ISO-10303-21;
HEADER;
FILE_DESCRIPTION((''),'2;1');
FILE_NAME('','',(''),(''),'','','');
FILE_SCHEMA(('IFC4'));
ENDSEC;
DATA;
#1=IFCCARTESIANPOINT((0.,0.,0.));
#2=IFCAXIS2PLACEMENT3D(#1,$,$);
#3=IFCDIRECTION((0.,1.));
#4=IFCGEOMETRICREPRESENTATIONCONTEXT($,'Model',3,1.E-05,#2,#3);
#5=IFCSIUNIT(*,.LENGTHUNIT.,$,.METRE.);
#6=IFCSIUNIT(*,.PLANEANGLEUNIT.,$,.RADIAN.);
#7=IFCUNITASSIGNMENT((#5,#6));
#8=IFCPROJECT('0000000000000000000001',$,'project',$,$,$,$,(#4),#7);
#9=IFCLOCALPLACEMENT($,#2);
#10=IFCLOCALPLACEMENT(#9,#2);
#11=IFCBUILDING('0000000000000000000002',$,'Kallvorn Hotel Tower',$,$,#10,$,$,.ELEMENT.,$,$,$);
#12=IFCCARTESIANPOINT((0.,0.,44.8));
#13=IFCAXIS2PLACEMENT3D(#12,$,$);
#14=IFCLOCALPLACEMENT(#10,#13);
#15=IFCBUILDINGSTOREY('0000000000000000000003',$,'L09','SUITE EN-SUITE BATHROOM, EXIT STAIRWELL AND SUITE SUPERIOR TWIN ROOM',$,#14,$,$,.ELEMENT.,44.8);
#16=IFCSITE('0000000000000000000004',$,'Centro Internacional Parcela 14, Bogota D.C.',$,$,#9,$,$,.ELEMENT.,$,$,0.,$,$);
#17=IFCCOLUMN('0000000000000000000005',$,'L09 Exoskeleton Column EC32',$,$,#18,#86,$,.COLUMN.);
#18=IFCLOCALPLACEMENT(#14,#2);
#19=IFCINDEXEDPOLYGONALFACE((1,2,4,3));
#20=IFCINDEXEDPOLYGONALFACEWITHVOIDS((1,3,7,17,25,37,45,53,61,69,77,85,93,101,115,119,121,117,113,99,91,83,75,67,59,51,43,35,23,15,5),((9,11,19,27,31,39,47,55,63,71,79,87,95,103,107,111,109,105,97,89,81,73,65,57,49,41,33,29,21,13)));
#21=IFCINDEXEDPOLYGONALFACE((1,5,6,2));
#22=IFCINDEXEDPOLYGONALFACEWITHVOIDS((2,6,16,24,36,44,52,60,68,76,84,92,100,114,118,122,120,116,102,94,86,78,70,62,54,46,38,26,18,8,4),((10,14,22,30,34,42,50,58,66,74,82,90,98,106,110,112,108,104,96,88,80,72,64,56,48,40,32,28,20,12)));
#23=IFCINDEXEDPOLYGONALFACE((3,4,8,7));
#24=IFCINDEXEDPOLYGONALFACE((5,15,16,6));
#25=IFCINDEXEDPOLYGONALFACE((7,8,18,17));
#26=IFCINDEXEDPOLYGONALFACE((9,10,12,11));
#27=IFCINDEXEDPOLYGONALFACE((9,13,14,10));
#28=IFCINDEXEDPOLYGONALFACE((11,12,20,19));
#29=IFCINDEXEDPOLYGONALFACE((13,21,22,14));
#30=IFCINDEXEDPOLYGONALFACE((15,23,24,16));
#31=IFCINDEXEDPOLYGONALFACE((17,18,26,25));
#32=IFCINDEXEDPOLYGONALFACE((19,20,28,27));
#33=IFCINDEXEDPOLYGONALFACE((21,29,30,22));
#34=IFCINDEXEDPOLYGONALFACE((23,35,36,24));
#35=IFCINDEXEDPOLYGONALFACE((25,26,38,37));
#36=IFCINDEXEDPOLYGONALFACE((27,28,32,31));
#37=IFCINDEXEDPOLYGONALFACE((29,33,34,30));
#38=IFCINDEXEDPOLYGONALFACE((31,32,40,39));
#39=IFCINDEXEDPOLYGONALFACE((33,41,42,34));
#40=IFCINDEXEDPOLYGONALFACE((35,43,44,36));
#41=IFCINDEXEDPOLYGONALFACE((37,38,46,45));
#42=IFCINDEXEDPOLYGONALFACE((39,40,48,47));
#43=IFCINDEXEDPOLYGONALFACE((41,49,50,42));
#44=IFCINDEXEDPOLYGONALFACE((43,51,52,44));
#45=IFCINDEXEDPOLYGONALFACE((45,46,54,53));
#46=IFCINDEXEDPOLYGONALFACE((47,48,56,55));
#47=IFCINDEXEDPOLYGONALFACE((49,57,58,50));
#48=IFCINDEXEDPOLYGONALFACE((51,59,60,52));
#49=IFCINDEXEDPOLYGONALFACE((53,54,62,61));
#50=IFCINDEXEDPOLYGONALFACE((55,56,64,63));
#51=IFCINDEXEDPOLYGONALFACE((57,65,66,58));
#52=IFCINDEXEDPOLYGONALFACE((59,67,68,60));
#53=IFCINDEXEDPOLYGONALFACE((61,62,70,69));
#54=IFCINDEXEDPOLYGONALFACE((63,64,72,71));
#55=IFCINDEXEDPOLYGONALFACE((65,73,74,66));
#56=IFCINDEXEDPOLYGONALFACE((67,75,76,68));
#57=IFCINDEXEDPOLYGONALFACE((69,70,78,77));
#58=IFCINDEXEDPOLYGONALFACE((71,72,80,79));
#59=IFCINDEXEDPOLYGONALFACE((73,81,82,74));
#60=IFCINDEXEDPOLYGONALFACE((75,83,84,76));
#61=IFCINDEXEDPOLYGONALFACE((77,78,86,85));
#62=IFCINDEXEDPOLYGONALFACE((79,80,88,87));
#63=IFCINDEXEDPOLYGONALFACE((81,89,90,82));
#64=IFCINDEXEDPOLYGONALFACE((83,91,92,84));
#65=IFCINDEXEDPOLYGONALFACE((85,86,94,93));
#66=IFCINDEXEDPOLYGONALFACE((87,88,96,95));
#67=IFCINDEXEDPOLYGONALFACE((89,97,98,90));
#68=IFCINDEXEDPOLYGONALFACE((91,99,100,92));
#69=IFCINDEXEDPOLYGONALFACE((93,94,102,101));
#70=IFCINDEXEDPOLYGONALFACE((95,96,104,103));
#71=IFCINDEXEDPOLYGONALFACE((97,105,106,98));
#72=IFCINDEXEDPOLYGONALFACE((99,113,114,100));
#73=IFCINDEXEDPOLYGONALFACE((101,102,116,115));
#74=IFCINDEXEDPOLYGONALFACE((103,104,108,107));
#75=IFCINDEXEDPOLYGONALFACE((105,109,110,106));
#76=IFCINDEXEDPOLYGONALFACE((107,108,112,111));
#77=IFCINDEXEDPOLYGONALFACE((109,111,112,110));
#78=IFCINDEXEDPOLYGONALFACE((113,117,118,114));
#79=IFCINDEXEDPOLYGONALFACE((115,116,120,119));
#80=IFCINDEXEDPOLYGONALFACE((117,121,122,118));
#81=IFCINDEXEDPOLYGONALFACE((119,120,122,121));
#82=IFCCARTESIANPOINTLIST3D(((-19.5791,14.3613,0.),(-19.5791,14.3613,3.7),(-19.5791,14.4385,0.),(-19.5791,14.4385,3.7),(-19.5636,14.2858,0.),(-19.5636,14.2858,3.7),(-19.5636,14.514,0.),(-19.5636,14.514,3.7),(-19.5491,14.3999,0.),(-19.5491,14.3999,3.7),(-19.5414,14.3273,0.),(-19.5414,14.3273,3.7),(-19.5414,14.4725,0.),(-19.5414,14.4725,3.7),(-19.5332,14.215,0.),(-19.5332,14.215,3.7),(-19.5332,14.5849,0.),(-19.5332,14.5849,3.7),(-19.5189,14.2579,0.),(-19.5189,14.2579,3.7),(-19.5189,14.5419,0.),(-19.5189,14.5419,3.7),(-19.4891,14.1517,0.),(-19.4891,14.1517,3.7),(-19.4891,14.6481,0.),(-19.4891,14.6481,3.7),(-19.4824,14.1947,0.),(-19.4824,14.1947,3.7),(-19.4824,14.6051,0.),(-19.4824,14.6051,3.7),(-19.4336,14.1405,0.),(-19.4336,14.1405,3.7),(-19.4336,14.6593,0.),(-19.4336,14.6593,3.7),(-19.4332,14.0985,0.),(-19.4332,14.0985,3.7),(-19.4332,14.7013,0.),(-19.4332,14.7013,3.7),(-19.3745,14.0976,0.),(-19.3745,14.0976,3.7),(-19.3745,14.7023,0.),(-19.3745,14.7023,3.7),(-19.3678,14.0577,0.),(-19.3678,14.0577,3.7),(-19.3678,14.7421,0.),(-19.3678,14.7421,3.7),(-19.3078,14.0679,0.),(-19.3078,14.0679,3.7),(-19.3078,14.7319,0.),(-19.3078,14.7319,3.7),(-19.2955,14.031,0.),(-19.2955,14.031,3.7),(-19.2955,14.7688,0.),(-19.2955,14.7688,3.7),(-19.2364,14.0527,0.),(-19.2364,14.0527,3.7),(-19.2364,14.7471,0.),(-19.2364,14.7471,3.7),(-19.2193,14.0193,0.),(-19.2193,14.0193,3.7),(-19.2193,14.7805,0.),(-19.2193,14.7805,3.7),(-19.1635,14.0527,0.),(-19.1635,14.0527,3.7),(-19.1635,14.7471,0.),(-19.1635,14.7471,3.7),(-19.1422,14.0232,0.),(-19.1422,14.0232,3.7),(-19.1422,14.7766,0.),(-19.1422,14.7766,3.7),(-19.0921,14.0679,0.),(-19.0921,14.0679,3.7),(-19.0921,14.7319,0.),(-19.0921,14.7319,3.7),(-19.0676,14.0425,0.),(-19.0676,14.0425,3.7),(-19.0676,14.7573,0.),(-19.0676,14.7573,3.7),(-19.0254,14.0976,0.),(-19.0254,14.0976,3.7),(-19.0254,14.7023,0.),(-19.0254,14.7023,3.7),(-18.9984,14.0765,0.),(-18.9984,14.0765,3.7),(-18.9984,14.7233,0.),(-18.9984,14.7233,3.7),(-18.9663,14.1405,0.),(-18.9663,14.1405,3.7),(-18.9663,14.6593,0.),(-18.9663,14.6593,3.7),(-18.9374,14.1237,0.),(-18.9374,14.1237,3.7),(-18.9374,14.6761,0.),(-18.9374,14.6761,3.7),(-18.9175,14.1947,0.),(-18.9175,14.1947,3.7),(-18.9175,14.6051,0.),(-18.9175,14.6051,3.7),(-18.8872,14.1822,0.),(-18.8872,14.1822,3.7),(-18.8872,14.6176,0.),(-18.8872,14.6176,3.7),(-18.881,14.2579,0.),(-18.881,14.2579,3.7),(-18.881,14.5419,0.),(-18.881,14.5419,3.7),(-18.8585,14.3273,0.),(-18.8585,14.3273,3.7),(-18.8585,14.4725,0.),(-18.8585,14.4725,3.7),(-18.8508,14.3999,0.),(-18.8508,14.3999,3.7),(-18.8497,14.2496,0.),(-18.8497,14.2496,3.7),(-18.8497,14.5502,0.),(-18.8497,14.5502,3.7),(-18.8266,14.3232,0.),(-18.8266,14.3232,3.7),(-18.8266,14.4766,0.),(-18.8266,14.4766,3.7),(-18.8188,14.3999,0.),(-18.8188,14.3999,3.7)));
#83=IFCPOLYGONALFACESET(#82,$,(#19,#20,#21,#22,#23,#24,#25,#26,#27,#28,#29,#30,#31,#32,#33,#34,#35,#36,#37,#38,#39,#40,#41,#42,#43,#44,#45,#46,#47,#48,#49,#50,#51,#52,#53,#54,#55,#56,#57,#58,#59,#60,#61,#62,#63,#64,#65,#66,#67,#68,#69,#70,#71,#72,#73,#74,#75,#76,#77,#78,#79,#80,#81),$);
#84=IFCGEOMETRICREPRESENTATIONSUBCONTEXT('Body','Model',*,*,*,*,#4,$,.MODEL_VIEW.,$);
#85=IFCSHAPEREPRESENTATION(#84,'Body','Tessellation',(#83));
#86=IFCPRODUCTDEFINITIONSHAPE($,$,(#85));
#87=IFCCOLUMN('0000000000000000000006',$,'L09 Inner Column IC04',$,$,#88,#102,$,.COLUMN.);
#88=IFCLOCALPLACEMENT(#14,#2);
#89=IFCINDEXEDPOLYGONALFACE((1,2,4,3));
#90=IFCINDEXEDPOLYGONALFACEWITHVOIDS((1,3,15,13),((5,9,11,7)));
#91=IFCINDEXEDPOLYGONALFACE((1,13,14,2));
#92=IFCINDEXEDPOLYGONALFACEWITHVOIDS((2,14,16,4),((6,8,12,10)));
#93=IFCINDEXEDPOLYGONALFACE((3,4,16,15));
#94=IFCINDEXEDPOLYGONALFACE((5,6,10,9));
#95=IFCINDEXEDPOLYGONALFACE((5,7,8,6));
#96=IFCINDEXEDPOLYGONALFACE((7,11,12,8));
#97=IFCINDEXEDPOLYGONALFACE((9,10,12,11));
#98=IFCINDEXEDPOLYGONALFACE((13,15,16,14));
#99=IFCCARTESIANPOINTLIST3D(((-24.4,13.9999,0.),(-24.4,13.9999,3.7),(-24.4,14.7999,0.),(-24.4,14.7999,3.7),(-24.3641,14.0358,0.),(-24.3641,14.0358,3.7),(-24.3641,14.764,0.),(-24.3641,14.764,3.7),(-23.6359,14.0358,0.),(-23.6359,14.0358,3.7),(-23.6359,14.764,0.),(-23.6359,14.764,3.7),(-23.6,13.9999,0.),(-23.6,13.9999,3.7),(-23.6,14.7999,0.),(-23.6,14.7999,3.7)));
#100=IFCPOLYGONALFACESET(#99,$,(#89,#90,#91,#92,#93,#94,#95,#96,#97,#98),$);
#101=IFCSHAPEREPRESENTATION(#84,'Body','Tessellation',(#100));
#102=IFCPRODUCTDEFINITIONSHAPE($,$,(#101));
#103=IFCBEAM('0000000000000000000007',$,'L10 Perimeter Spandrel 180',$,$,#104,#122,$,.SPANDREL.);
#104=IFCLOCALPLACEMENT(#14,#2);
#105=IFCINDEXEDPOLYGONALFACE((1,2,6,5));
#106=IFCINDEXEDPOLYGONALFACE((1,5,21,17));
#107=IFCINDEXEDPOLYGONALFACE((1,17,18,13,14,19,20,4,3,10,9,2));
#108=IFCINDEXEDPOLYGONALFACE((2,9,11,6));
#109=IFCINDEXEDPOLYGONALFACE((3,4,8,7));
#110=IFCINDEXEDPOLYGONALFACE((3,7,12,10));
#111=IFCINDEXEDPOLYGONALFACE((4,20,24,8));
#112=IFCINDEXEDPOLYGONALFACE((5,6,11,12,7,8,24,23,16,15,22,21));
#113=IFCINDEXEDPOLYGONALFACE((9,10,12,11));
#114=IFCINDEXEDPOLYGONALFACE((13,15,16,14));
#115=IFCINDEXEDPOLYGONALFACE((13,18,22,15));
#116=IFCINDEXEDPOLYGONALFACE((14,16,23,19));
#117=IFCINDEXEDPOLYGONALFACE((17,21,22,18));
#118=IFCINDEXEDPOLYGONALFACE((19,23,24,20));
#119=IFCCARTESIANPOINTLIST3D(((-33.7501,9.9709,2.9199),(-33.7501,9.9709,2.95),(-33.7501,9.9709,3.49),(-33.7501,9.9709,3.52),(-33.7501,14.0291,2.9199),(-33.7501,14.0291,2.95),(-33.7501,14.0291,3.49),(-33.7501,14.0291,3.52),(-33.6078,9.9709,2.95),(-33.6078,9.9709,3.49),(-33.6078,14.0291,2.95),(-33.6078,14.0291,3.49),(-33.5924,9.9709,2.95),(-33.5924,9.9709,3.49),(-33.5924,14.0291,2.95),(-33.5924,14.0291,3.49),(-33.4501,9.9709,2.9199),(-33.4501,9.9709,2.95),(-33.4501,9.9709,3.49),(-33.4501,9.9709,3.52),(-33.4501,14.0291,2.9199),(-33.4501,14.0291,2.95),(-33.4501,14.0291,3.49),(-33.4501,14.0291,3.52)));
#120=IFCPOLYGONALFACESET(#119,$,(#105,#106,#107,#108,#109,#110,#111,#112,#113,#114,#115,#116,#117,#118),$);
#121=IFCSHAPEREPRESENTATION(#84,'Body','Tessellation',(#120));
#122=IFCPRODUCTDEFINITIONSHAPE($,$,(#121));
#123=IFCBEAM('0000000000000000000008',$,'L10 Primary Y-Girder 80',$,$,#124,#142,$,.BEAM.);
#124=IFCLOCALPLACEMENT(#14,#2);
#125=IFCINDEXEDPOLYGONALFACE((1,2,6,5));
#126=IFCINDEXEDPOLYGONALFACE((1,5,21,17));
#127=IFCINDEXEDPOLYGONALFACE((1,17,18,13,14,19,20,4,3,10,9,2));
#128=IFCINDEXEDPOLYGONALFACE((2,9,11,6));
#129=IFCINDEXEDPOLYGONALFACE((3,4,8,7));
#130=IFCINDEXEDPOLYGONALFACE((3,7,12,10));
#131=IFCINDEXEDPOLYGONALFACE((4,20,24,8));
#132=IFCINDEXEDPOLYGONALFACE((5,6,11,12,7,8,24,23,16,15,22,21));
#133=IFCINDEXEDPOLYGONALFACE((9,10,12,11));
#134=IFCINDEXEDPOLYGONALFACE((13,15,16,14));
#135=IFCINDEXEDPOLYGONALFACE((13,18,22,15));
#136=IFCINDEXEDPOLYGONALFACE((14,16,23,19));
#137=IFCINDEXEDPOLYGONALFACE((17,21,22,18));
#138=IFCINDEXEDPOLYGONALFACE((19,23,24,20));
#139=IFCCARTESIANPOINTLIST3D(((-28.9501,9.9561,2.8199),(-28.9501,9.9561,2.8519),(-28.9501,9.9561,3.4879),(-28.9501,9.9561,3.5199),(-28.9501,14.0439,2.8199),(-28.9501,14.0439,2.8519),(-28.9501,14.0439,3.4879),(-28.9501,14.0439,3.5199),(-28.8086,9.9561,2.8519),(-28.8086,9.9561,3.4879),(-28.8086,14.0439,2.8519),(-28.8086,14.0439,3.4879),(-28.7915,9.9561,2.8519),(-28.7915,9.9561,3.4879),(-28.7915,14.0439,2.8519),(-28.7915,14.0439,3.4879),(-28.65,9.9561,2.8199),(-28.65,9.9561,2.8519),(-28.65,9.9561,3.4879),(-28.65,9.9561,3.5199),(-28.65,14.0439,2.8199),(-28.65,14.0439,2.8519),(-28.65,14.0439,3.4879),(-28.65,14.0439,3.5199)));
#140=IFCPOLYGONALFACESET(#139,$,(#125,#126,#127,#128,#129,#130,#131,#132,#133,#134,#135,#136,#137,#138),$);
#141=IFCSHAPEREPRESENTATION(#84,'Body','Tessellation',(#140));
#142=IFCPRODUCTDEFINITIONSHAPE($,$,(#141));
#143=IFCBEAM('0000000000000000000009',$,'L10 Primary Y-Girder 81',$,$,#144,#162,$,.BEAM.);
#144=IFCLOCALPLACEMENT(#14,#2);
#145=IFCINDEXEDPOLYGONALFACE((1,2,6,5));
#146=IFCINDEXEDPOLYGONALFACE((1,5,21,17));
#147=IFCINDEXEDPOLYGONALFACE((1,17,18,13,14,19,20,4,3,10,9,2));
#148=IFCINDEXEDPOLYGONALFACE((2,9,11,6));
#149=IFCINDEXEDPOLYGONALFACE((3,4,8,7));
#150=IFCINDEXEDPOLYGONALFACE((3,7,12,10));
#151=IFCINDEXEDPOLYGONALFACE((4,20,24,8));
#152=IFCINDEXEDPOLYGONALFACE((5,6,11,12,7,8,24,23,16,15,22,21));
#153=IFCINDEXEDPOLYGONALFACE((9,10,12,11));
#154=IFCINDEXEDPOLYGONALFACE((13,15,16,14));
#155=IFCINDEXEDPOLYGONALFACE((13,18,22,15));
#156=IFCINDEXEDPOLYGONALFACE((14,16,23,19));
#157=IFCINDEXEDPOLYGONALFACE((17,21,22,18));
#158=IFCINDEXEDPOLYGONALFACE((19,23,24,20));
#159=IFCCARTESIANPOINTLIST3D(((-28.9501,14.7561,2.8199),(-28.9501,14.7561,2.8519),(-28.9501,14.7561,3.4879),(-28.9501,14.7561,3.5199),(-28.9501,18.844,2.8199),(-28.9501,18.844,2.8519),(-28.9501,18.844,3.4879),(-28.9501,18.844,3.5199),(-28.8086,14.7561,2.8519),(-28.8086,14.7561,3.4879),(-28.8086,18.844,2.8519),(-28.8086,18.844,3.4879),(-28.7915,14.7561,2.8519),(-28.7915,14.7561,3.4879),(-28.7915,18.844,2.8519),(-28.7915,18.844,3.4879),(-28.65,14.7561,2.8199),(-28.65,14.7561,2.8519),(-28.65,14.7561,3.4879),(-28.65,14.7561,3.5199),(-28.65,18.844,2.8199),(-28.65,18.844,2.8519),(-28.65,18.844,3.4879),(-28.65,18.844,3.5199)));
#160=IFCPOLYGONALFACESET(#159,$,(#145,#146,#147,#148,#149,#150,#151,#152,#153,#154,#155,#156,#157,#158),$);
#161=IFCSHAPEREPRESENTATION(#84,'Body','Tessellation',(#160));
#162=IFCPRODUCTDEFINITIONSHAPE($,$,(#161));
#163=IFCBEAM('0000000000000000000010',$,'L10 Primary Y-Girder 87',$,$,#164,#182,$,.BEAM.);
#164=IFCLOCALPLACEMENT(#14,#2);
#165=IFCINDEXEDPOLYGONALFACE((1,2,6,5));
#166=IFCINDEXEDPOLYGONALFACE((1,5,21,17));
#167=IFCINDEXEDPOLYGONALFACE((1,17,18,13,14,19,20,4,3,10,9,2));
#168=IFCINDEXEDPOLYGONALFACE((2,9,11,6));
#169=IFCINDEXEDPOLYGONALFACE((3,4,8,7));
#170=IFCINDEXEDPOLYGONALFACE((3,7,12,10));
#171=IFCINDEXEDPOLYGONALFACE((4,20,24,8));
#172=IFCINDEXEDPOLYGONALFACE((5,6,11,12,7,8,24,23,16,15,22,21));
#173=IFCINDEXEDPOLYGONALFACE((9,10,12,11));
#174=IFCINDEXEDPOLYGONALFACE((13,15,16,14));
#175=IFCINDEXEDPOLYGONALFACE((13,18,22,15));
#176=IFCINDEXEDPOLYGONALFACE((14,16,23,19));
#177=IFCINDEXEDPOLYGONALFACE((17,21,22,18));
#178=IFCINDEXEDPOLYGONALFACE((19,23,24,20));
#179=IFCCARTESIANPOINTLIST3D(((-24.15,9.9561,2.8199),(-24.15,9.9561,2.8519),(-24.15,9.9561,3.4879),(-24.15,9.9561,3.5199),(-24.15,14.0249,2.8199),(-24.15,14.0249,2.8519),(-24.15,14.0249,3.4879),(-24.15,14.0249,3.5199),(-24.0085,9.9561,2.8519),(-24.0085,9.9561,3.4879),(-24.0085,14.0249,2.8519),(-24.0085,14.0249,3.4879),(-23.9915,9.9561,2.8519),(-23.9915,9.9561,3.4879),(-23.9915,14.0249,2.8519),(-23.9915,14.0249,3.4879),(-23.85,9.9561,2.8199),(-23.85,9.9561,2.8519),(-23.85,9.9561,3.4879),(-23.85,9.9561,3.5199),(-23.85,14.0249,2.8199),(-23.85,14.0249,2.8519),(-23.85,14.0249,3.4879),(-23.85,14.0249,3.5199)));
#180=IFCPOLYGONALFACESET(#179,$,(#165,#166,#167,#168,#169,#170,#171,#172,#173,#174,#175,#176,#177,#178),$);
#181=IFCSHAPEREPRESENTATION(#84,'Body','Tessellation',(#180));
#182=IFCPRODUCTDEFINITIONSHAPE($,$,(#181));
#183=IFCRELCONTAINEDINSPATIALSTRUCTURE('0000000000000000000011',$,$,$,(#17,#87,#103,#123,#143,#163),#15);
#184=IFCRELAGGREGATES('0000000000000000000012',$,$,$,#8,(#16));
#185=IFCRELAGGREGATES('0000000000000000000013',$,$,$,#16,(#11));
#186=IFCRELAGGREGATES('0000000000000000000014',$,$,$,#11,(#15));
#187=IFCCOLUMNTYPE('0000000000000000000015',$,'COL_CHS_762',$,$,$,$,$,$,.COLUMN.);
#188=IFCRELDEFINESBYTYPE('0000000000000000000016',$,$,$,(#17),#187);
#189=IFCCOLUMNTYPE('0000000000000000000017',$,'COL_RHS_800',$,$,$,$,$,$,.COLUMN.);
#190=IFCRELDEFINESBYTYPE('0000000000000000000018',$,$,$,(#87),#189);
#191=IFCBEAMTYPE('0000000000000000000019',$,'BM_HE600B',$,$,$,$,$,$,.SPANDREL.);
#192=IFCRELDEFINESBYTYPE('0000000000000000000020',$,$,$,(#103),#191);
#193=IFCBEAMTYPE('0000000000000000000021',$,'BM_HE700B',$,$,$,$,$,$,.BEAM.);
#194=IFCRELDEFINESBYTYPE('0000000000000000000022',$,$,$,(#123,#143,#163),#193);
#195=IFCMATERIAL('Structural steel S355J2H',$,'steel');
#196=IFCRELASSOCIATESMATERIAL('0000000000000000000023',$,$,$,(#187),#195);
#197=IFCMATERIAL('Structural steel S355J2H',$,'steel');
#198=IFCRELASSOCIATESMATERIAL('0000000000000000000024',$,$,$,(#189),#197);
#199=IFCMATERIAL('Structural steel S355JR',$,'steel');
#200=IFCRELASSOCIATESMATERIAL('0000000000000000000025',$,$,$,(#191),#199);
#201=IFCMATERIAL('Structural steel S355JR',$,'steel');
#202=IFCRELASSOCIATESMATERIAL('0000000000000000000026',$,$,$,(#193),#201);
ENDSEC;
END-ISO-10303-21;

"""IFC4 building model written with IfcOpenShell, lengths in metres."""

from ifc_helpers import new_model, si_unit, direction, frame, origin, origin_2d, place, context, subcontext, project, spatial, hollow_rectangle, hollow_circle, i_section, extrude, material, material_profile, profile_set, type_object, element, save


model = new_model("IFC4")

# Units and contexts
model_context = context("Model", 3, precision=1e-05, world=origin(), true_north=direction((0.0, 1.0)))
body_context = subcontext(model_context, "Body", "Model", "MODEL_VIEW")
ifc_project = project(units=[si_unit("LENGTHUNIT", "METRE"), si_unit("PLANEANGLEUNIT", "RADIAN")], contexts=[model_context])

# Site, building, storey
site_placement = place(None, origin())
site = spatial("IfcSite", under=ifc_project, at=site_placement, Name="Centro Internacional Parcela 14, Bogota D.C.", CompositionType="ELEMENT", RefElevation=0.0)
building_placement = place(site_placement, origin())
building = spatial("IfcBuilding", under=site, at=building_placement, Name="Kallvorn Hotel Tower", CompositionType="ELEMENT")
storey_placement = place(building_placement, frame((0.0, 0.0, 44.8)))
storey = spatial("IfcBuildingStorey", under=building, at=storey_placement, Name="L09", Description="SUITE EN-SUITE BATHROOM, EXIT STAIRWELL AND SUITE SUPERIOR TWIN ROOM", CompositionType="ELEMENT", Elevation=44.8)

# Columns
ifc_material_1 = material(Name="Structural steel S355J2H", Category="steel")
ifc_material_profile_1 = material_profile(ifc_material_1, hollow_circle(Radius=0.3811, WallThickness=0.032, at=origin_2d()), Name="CHS 762x32")
ifc_profile_set_1 = profile_set([ifc_material_profile_1], Name="Structural steel S355J2H")
column_type_1 = type_object("IfcColumnType", Name="COL_CHS_762", PredefinedType="COLUMN", material=ifc_profile_set_1)
for number, where, z_axis, x_axis, name in (
    (1, (-19.2, 14.3999, 0.0), (0.0, 0.0, 1.0), (1.0, 0.0, 0.0), "L09 Exoskeleton Column EC32"),
):
    element("IfcColumn", number, at=place(storey_placement, frame(where, z_axis=z_axis, x_axis=x_axis)), inside=storey, type_object=column_type_1, Name=name, PredefinedType="COLUMN", context=body_context, shape_type="SweptSolid", body=[
        extrude(hollow_circle(Radius=0.3811, WallThickness=0.032, at=origin_2d()), origin(), (0.0, 0.0, 1.0), 3.7),
    ])
ifc_material_2 = material(Name="Structural steel S355J2H", Category="steel")
ifc_material_profile_2 = material_profile(ifc_material_2, hollow_rectangle(XDim=0.8, YDim=0.8, WallThickness=0.0359, at=origin_2d()), Name="RHS 800x800x36")
ifc_profile_set_2 = profile_set([ifc_material_profile_2], Name="Structural steel S355J2H")
column_type_2 = type_object("IfcColumnType", Name="COL_RHS_800", PredefinedType="COLUMN", material=ifc_profile_set_2)
column_placement = place(storey_placement, frame((-24.0, 14.3999, 0.0), z_axis=(0.0, 0.0, 1.0), x_axis=(1.0, 0.0, 0.0)))
element("IfcColumn", 2, at=column_placement, inside=storey, type_object=column_type_2, Name="L09 Inner Column IC04", PredefinedType="COLUMN", context=body_context, shape_type="SweptSolid", body=[
    extrude(hollow_rectangle(XDim=0.8, YDim=0.8, WallThickness=0.0359, at=origin_2d()), origin(), (0.0, 0.0, 1.0), 3.7),
])

# Beams
ifc_material_3 = material(Name="Structural steel S355JR", Category="steel")
ifc_material_profile_3 = material_profile(ifc_material_3, i_section(OverallWidth=0.3, OverallDepth=0.6001, WebThickness=0.0154, FlangeThickness=0.03, at=origin_2d()), Name="HE 600 B")
ifc_profile_set_3 = profile_set([ifc_material_profile_3], Name="Structural steel S355JR")
beam_type_1 = type_object("IfcBeamType", Name="BM_HE600B", PredefinedType="SPANDREL", material=ifc_profile_set_3)
beam_1_placement = place(storey_placement, frame((-33.6001, 9.9709, 3.22), z_axis=(0.0, 1.0, 0.0), x_axis=(-1.0, 0.0, 0.0)))
element("IfcBeam", 3, at=beam_1_placement, inside=storey, type_object=beam_type_1, Name="L10 Perimeter Spandrel 180", PredefinedType="SPANDREL", context=body_context, shape_type="SweptSolid", body=[
    extrude(i_section(OverallWidth=0.3, OverallDepth=0.6001, WebThickness=0.0154, FlangeThickness=0.03, at=origin_2d()), origin(), (0.0, 0.0, 1.0), 4.0581),
])
ifc_material_4 = material(Name="Structural steel S355JR", Category="steel")
ifc_material_profile_4 = material_profile(ifc_material_4, i_section(OverallWidth=0.3, OverallDepth=0.7, WebThickness=0.0171, FlangeThickness=0.032, at=origin_2d()), Name="HE 700 B")
ifc_profile_set_4 = profile_set([ifc_material_profile_4], Name="Structural steel S355JR")
beam_type_2 = type_object("IfcBeamType", Name="BM_HE700B", PredefinedType="BEAM", material=ifc_profile_set_4)
for number, where, z_axis, x_axis, name in (
    (4, (-28.8, 9.9561, 3.1699), (0.0, 1.0, 0.0), (-1.0, 0.0, 0.0), "L10 Primary Y-Girder 80"),
    (5, (-28.8, 14.7561, 3.1699), (0.0, 1.0, 0.0), (-1.0, 0.0, 0.0), "L10 Primary Y-Girder 81"),
):
    element("IfcBeam", number, at=place(storey_placement, frame(where, z_axis=z_axis, x_axis=x_axis)), inside=storey, type_object=beam_type_2, Name=name, PredefinedType="BEAM", context=body_context, shape_type="SweptSolid", body=[
        extrude(i_section(OverallWidth=0.3, OverallDepth=0.7, WebThickness=0.0171, FlangeThickness=0.032, at=origin_2d()), origin(), (0.0, 0.0, 1.0), 4.0879),
    ])
beam_2_placement = place(storey_placement, frame((-24.0, 9.9561, 3.1699), z_axis=(0.0, 1.0, 0.0), x_axis=(-1.0, 0.0, 0.0)))
element("IfcBeam", 6, at=beam_2_placement, inside=storey, type_object=beam_type_2, Name="L10 Primary Y-Girder 87", PredefinedType="BEAM", context=body_context, shape_type="SweptSolid", body=[
    extrude(i_section(OverallWidth=0.3, OverallDepth=0.7, WebThickness=0.0171, FlangeThickness=0.032, at=origin_2d()), origin(), (0.0, 0.0, 1.0), 4.0688),
])

save(model, "model.ifc")
